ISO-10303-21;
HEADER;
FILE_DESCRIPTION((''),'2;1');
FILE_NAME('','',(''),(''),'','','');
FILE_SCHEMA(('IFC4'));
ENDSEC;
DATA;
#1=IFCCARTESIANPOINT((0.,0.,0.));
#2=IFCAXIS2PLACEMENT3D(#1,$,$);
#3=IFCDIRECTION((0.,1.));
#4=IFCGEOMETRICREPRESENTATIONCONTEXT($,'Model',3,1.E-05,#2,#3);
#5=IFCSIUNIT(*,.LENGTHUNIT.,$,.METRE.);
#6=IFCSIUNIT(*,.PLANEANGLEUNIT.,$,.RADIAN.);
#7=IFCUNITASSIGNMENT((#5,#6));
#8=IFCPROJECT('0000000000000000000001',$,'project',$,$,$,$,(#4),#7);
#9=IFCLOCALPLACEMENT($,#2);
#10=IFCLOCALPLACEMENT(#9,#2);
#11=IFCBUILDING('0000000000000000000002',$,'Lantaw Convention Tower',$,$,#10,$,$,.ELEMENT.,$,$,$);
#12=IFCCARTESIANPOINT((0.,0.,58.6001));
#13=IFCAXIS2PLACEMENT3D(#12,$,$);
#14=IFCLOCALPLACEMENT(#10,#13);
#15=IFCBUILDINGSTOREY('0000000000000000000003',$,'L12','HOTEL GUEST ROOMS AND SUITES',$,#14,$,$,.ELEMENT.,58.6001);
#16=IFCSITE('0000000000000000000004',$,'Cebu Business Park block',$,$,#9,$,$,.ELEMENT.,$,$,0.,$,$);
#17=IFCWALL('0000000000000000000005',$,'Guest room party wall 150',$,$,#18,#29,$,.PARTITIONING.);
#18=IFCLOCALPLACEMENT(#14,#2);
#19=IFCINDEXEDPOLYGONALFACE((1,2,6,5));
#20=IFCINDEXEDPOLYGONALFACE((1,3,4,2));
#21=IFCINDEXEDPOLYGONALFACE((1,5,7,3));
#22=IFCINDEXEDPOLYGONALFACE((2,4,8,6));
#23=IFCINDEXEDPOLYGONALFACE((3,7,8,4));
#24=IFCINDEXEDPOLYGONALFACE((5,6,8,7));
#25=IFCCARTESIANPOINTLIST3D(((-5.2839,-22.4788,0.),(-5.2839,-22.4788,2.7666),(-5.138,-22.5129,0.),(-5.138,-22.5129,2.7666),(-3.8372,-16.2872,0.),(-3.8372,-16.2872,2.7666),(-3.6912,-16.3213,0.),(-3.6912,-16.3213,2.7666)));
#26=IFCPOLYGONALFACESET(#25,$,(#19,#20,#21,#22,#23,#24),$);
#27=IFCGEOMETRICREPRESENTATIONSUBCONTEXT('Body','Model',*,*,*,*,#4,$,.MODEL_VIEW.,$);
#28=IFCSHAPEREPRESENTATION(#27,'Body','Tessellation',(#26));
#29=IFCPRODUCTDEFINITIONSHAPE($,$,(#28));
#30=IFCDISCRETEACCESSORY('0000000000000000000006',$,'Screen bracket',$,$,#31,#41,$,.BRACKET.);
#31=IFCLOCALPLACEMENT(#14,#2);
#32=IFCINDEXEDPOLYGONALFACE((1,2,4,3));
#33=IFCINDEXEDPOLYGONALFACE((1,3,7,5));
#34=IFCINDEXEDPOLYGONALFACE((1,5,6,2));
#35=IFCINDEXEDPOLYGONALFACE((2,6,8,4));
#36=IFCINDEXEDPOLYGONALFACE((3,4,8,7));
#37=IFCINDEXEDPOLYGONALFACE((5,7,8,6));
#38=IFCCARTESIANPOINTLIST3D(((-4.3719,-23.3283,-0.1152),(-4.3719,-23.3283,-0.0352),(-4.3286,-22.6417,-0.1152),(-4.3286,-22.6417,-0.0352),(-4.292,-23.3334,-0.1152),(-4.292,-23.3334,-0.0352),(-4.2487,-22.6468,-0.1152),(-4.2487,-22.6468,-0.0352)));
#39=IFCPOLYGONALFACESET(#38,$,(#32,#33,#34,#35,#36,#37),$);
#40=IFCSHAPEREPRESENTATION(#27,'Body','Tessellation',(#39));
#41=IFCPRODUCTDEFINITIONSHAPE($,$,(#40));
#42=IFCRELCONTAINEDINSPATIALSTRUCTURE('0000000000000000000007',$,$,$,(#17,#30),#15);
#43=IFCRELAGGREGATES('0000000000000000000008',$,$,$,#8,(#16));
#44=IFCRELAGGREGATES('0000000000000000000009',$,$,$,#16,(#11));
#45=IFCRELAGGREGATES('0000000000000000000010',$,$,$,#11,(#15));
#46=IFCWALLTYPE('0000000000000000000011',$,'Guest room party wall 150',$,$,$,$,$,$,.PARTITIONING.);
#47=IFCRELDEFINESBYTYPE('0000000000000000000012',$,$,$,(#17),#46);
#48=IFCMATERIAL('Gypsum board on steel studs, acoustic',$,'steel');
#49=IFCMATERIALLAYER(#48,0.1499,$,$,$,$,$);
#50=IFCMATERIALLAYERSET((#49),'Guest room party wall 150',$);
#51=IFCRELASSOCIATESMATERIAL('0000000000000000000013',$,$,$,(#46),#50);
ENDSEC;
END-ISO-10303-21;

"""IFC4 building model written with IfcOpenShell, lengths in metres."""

from ifc_helpers import new_model, si_unit, direction, frame, frame_2d, origin, origin_2d, place, context, subcontext, project, spatial, rectangle, extrude, material, layer, layer_set, type_object, element, save


model = new_model("IFC4")

# Units and contexts
model_context = context("Model", 3, precision=1e-05, world=origin(), true_north=direction((0.0, 1.0)))
body_context = subcontext(model_context, "Body", "Model", "MODEL_VIEW")
ifc_project = project(units=[si_unit("LENGTHUNIT", "METRE"), si_unit("PLANEANGLEUNIT", "RADIAN")], contexts=[model_context])

# Site, building, storey
site_placement = place(None, origin())
site = spatial("IfcSite", under=ifc_project, at=site_placement, Name="Cebu Business Park block", CompositionType="ELEMENT", RefElevation=0.0)
building_placement = place(site_placement, origin())
building = spatial("IfcBuilding", under=site, at=building_placement, Name="Lantaw Convention Tower", CompositionType="ELEMENT")
storey_placement = place(building_placement, frame((0.0, 0.0, 58.6001)))
storey = spatial("IfcBuildingStorey", under=building, at=storey_placement, Name="L12", Description="HOTEL GUEST ROOMS AND SUITES", CompositionType="ELEMENT", Elevation=58.6001)

# Wall
ifc_material_1 = material(Name="Gypsum board on steel studs, acoustic", Category="steel")
ifc_layer_1 = layer(ifc_material_1, 0.1499)
ifc_layer_set_1 = layer_set([ifc_layer_1], Name="Guest room party wall 150")
wall_type_1 = type_object("IfcWallType", Name="Guest room party wall 150", PredefinedType="PARTITIONING", material=ifc_layer_set_1)
wall_1_placement = place(storey_placement, frame((-5.2109, -22.4958, 0.0), z_axis=(0.0, 0.0, 1.0), x_axis=(0.227537, 0.97377, 0.0)))
element("IfcWall", 1, at=wall_1_placement, inside=storey, type_object=wall_type_1, Name="Guest room party wall 150", PredefinedType="PARTITIONING", context=body_context, shape_type="SweptSolid", body=[
    extrude(rectangle(XDim=6.3584, YDim=0.1499, at=frame_2d((3.1792, 0.0))), origin(), (0.0, 0.0, 1.0), 2.7666),
])

# Discrete accessory
discrete_accessory_placement = place(storey_placement, frame((-4.3103, -22.9875, -0.1152), z_axis=(0.0, 0.0, 1.0), x_axis=(0.998016, -0.062958, 0.0)))
element("IfcDiscreteAccessory", 2, at=discrete_accessory_placement, inside=storey, Name="Screen bracket", PredefinedType="BRACKET", context=body_context, shape_type="SweptSolid", body=[
    extrude(rectangle(XDim=0.0801, YDim=0.688, at=origin_2d()), origin(), (0.0, 0.0, 1.0), 0.0801),
])

save(model, "model.ifc")
